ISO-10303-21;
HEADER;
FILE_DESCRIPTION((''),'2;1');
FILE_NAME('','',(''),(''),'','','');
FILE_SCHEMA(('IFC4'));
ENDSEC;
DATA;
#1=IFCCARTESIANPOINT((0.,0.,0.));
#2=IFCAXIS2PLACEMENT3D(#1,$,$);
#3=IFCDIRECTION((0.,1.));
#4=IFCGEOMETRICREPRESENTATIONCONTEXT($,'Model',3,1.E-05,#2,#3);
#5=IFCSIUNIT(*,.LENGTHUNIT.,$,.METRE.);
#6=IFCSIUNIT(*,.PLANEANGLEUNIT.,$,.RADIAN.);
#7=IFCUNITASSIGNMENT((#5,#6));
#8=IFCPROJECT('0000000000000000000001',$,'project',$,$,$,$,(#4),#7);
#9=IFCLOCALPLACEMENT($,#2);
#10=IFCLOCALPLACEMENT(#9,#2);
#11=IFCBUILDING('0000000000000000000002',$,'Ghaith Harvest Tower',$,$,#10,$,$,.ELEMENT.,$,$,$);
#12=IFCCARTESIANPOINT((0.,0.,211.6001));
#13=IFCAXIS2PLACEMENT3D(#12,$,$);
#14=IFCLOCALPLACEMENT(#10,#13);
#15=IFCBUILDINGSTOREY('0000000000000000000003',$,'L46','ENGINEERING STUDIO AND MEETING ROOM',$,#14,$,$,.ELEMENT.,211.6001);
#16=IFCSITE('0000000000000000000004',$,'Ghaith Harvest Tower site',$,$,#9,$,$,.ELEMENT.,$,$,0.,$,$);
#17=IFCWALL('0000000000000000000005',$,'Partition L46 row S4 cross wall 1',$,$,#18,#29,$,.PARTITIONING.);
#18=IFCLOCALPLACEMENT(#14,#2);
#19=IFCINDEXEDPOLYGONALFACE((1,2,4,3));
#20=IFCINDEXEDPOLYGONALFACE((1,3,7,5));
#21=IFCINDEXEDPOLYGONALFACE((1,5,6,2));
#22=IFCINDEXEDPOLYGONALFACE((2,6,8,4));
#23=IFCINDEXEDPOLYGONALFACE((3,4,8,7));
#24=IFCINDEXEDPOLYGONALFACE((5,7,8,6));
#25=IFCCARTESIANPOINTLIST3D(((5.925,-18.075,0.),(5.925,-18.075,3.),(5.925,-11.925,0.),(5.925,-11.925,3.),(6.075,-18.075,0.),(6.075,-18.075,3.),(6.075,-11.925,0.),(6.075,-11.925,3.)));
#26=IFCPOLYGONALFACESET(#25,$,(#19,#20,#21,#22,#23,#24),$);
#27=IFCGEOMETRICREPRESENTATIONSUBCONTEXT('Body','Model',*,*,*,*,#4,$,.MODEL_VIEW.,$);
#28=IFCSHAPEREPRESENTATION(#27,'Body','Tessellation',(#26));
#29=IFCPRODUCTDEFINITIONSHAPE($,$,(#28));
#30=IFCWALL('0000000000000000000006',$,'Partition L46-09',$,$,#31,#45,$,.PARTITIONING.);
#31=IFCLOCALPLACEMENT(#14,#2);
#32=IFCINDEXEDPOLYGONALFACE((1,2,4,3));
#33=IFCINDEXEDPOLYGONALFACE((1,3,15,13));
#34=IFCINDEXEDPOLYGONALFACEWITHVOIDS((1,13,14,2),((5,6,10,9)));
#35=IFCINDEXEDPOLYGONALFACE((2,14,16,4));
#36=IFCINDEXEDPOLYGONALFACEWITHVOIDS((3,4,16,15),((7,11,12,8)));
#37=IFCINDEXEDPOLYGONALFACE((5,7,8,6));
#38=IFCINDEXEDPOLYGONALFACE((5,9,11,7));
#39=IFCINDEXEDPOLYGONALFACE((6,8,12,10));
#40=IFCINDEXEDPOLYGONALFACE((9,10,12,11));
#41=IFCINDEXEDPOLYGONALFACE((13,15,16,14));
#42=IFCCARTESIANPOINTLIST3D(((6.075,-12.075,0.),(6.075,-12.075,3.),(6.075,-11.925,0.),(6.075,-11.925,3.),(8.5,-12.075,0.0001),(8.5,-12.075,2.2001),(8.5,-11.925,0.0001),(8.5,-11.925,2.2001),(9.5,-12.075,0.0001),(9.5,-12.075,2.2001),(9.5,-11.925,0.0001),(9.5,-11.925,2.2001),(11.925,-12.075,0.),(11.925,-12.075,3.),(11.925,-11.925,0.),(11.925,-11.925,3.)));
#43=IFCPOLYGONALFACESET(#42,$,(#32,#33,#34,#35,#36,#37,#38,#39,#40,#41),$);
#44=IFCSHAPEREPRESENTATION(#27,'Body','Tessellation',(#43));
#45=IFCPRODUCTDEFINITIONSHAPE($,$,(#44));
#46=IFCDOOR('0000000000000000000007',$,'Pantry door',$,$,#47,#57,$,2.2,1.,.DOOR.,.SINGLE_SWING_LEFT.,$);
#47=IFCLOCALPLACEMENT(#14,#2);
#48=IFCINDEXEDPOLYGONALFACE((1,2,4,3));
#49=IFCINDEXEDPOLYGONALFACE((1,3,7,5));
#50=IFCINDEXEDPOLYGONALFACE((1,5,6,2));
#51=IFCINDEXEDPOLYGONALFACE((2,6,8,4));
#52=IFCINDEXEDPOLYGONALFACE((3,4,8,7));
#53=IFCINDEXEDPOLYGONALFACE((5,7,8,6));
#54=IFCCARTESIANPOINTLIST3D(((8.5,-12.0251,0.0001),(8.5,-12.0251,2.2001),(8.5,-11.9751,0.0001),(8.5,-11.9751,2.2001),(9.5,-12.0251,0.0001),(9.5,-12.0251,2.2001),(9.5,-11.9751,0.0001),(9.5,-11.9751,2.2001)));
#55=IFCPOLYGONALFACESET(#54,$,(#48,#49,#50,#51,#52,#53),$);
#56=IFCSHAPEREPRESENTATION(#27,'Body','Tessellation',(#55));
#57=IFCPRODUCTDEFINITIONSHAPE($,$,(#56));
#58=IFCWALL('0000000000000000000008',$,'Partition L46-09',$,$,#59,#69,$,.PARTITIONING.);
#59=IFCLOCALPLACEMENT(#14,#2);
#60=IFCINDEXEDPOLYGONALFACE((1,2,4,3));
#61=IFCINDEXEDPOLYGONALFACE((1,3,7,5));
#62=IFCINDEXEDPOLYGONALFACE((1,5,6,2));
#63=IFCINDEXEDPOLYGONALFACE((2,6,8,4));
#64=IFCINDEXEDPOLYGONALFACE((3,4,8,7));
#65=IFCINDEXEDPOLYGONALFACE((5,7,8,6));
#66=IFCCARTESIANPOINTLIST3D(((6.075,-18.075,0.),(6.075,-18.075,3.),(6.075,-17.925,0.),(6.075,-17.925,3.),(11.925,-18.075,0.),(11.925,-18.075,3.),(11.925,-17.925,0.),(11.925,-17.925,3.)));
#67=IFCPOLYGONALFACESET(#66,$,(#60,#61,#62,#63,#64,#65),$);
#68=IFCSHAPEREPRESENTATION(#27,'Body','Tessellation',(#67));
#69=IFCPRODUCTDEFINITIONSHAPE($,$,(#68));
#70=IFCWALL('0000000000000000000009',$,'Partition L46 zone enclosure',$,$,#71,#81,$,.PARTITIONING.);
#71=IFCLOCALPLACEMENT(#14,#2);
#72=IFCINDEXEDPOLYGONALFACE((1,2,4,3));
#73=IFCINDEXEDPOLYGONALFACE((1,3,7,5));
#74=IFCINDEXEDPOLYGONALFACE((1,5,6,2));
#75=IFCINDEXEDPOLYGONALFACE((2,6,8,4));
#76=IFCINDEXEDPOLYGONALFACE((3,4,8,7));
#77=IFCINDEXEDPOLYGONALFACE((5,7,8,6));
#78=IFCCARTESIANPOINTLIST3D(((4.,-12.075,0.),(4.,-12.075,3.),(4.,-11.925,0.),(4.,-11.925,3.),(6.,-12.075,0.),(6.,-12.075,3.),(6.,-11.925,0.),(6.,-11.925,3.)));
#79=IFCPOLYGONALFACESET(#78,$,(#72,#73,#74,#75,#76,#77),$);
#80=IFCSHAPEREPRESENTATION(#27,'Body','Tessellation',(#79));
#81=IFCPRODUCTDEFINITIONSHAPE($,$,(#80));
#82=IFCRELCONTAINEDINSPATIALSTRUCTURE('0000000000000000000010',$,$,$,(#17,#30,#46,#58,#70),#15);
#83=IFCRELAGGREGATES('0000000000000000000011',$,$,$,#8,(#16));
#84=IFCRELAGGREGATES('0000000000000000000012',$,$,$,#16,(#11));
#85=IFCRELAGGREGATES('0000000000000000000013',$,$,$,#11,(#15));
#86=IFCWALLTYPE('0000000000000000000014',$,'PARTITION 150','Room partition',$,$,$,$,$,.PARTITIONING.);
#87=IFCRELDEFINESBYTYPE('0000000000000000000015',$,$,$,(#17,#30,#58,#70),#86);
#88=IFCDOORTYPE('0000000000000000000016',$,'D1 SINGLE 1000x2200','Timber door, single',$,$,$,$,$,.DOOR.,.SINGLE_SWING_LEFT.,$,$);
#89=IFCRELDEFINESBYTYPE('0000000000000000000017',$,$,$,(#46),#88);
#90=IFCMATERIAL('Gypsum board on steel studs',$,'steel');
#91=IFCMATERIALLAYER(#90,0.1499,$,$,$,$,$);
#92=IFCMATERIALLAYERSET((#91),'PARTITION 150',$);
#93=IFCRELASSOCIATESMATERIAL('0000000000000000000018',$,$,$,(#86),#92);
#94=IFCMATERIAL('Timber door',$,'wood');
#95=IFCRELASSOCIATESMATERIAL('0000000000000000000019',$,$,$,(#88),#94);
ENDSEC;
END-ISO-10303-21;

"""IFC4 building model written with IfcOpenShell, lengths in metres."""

from ifc_helpers import new_model, si_unit, direction, frame, frame_2d, origin, place, context, subcontext, project, spatial, rectangle, extrude, material, layer, layer_set, type_object, element, fill, save


model = new_model("IFC4")

# Units and contexts
model_context = context("Model", 3, precision=1e-05, world=origin(), true_north=direction((0.0, 1.0)))
body_context = subcontext(model_context, "Body", "Model", "MODEL_VIEW")
ifc_project = project(units=[si_unit("LENGTHUNIT", "METRE"), si_unit("PLANEANGLEUNIT", "RADIAN")], contexts=[model_context])

# Site, building, storey
site_placement = place(None, origin())
site = spatial("IfcSite", under=ifc_project, at=site_placement, Name="Ghaith Harvest Tower site", CompositionType="ELEMENT", RefElevation=0.0)
building_placement = place(site_placement, origin())
building = spatial("IfcBuilding", under=site, at=building_placement, Name="Ghaith Harvest Tower", CompositionType="ELEMENT")
storey_placement = place(building_placement, frame((0.0, 0.0, 211.6001)))
storey = spatial("IfcBuildingStorey", under=building, at=storey_placement, Name="L46", Description="ENGINEERING STUDIO AND MEETING ROOM", CompositionType="ELEMENT", Elevation=211.6001)

# Wall
ifc_material_1 = material(Name="Gypsum board on steel studs", Category="steel")
ifc_layer_1 = layer(ifc_material_1, 0.1499)
ifc_layer_set_1 = layer_set([ifc_layer_1], Name="PARTITION 150")
wall_type = type_object("IfcWallType", Name="PARTITION 150", Description="Room partition", PredefinedType="PARTITIONING", material=ifc_layer_set_1)
wall_1_placement = place(storey_placement, frame((6.0, -11.925, 0.0), z_axis=(0.0, 0.0, 1.0), x_axis=(0.0, -1.0, 0.0)))
element("IfcWall", 1, at=wall_1_placement, inside=storey, type_object=wall_type, Name="Partition L46 row S4 cross wall 1", PredefinedType="PARTITIONING", context=body_context, shape_type="SweptSolid", body=[
    extrude(rectangle(XDim=6.1499, YDim=0.1499, at=frame_2d((3.075, 0.0))), origin(), (0.0, 0.0, 1.0), 3.0),
])

# Wall, opening, door
wall_2_placement = place(storey_placement, frame((6.075, -12.0, 0.0), z_axis=(0.0, 0.0, 1.0), x_axis=(1.0, 0.0, 0.0)))
wall_2 = element("IfcWall", 2, at=wall_2_placement, inside=storey, type_object=wall_type, Name="Partition L46-09", PredefinedType="PARTITIONING", context=body_context, shape_type="SweptSolid", body=[
    extrude(rectangle(XDim=5.8501, YDim=0.1499, at=frame_2d((2.925, 0.0))), origin(), (0.0, 0.0, 1.0), 3.0),
])
opening_placement = place(wall_2_placement, frame((2.425, 0.0, 0.0)))
opening = element("IfcOpeningElement", 3, at=opening_placement, cuts=wall_2, PredefinedType="OPENING", context=body_context, shape_type="SweptSolid", body=[
    extrude(rectangle(XDim=1.0, YDim=2.2, at=frame_2d((0.5, 1.1001))), frame((0.0, 0.085, 0.0), z_axis=(0.0, -1.0, 0.0), x_axis=(1.0, 0.0, 0.0)), (0.0, 0.0, 1.0), 0.1699),
])
ifc_material_2 = material(Name="Timber door", Category="wood")
door_type = type_object("IfcDoorType", Name="D1 SINGLE 1000x2200", Description="Timber door, single", OperationType="SINGLE_SWING_LEFT", PredefinedType="DOOR", material=ifc_material_2)
door_placement = place(opening_placement, origin())
door = element("IfcDoor", 4, at=door_placement, inside=storey, type_object=door_type, Name="Pantry door", OperationType="SINGLE_SWING_LEFT", OverallHeight=2.2, OverallWidth=1.0, PredefinedType="DOOR", context=body_context, shape_type="SweptSolid", body=[
    extrude(rectangle(XDim=1.0, YDim=2.2, at=frame_2d((0.5, 1.1001))), frame((0.0, 0.0249, 0.0), z_axis=(0.0, -1.0, 0.0), x_axis=(1.0, 0.0, 0.0)), (0.0, 0.0, 1.0), 0.05),
])
fill(opening, door)

# Walls
wall_3_placement = place(storey_placement, frame((6.075, -18.0, 0.0), z_axis=(0.0, 0.0, 1.0), x_axis=(1.0, 0.0, 0.0)))
element("IfcWall", 5, at=wall_3_placement, inside=storey, type_object=wall_type, Name="Partition L46-09", PredefinedType="PARTITIONING", context=body_context, shape_type="SweptSolid", body=[
    extrude(rectangle(XDim=5.8501, YDim=0.1499, at=frame_2d((2.925, 0.0))), origin(), (0.0, 0.0, 1.0), 3.0),
])
wall_4_placement = place(storey_placement, frame((4.0, -12.0, 0.0), z_axis=(0.0, 0.0, 1.0), x_axis=(1.0, 0.0, 0.0)))
element("IfcWall", 6, at=wall_4_placement, inside=storey, type_object=wall_type, Name="Partition L46 zone enclosure", PredefinedType="PARTITIONING", context=body_context, shape_type="SweptSolid", body=[
    extrude(rectangle(XDim=2.0, YDim=0.1499, at=frame_2d((1.0, 0.0))), origin(), (0.0, 0.0, 1.0), 3.0),
])

save(model, "model.ifc")
